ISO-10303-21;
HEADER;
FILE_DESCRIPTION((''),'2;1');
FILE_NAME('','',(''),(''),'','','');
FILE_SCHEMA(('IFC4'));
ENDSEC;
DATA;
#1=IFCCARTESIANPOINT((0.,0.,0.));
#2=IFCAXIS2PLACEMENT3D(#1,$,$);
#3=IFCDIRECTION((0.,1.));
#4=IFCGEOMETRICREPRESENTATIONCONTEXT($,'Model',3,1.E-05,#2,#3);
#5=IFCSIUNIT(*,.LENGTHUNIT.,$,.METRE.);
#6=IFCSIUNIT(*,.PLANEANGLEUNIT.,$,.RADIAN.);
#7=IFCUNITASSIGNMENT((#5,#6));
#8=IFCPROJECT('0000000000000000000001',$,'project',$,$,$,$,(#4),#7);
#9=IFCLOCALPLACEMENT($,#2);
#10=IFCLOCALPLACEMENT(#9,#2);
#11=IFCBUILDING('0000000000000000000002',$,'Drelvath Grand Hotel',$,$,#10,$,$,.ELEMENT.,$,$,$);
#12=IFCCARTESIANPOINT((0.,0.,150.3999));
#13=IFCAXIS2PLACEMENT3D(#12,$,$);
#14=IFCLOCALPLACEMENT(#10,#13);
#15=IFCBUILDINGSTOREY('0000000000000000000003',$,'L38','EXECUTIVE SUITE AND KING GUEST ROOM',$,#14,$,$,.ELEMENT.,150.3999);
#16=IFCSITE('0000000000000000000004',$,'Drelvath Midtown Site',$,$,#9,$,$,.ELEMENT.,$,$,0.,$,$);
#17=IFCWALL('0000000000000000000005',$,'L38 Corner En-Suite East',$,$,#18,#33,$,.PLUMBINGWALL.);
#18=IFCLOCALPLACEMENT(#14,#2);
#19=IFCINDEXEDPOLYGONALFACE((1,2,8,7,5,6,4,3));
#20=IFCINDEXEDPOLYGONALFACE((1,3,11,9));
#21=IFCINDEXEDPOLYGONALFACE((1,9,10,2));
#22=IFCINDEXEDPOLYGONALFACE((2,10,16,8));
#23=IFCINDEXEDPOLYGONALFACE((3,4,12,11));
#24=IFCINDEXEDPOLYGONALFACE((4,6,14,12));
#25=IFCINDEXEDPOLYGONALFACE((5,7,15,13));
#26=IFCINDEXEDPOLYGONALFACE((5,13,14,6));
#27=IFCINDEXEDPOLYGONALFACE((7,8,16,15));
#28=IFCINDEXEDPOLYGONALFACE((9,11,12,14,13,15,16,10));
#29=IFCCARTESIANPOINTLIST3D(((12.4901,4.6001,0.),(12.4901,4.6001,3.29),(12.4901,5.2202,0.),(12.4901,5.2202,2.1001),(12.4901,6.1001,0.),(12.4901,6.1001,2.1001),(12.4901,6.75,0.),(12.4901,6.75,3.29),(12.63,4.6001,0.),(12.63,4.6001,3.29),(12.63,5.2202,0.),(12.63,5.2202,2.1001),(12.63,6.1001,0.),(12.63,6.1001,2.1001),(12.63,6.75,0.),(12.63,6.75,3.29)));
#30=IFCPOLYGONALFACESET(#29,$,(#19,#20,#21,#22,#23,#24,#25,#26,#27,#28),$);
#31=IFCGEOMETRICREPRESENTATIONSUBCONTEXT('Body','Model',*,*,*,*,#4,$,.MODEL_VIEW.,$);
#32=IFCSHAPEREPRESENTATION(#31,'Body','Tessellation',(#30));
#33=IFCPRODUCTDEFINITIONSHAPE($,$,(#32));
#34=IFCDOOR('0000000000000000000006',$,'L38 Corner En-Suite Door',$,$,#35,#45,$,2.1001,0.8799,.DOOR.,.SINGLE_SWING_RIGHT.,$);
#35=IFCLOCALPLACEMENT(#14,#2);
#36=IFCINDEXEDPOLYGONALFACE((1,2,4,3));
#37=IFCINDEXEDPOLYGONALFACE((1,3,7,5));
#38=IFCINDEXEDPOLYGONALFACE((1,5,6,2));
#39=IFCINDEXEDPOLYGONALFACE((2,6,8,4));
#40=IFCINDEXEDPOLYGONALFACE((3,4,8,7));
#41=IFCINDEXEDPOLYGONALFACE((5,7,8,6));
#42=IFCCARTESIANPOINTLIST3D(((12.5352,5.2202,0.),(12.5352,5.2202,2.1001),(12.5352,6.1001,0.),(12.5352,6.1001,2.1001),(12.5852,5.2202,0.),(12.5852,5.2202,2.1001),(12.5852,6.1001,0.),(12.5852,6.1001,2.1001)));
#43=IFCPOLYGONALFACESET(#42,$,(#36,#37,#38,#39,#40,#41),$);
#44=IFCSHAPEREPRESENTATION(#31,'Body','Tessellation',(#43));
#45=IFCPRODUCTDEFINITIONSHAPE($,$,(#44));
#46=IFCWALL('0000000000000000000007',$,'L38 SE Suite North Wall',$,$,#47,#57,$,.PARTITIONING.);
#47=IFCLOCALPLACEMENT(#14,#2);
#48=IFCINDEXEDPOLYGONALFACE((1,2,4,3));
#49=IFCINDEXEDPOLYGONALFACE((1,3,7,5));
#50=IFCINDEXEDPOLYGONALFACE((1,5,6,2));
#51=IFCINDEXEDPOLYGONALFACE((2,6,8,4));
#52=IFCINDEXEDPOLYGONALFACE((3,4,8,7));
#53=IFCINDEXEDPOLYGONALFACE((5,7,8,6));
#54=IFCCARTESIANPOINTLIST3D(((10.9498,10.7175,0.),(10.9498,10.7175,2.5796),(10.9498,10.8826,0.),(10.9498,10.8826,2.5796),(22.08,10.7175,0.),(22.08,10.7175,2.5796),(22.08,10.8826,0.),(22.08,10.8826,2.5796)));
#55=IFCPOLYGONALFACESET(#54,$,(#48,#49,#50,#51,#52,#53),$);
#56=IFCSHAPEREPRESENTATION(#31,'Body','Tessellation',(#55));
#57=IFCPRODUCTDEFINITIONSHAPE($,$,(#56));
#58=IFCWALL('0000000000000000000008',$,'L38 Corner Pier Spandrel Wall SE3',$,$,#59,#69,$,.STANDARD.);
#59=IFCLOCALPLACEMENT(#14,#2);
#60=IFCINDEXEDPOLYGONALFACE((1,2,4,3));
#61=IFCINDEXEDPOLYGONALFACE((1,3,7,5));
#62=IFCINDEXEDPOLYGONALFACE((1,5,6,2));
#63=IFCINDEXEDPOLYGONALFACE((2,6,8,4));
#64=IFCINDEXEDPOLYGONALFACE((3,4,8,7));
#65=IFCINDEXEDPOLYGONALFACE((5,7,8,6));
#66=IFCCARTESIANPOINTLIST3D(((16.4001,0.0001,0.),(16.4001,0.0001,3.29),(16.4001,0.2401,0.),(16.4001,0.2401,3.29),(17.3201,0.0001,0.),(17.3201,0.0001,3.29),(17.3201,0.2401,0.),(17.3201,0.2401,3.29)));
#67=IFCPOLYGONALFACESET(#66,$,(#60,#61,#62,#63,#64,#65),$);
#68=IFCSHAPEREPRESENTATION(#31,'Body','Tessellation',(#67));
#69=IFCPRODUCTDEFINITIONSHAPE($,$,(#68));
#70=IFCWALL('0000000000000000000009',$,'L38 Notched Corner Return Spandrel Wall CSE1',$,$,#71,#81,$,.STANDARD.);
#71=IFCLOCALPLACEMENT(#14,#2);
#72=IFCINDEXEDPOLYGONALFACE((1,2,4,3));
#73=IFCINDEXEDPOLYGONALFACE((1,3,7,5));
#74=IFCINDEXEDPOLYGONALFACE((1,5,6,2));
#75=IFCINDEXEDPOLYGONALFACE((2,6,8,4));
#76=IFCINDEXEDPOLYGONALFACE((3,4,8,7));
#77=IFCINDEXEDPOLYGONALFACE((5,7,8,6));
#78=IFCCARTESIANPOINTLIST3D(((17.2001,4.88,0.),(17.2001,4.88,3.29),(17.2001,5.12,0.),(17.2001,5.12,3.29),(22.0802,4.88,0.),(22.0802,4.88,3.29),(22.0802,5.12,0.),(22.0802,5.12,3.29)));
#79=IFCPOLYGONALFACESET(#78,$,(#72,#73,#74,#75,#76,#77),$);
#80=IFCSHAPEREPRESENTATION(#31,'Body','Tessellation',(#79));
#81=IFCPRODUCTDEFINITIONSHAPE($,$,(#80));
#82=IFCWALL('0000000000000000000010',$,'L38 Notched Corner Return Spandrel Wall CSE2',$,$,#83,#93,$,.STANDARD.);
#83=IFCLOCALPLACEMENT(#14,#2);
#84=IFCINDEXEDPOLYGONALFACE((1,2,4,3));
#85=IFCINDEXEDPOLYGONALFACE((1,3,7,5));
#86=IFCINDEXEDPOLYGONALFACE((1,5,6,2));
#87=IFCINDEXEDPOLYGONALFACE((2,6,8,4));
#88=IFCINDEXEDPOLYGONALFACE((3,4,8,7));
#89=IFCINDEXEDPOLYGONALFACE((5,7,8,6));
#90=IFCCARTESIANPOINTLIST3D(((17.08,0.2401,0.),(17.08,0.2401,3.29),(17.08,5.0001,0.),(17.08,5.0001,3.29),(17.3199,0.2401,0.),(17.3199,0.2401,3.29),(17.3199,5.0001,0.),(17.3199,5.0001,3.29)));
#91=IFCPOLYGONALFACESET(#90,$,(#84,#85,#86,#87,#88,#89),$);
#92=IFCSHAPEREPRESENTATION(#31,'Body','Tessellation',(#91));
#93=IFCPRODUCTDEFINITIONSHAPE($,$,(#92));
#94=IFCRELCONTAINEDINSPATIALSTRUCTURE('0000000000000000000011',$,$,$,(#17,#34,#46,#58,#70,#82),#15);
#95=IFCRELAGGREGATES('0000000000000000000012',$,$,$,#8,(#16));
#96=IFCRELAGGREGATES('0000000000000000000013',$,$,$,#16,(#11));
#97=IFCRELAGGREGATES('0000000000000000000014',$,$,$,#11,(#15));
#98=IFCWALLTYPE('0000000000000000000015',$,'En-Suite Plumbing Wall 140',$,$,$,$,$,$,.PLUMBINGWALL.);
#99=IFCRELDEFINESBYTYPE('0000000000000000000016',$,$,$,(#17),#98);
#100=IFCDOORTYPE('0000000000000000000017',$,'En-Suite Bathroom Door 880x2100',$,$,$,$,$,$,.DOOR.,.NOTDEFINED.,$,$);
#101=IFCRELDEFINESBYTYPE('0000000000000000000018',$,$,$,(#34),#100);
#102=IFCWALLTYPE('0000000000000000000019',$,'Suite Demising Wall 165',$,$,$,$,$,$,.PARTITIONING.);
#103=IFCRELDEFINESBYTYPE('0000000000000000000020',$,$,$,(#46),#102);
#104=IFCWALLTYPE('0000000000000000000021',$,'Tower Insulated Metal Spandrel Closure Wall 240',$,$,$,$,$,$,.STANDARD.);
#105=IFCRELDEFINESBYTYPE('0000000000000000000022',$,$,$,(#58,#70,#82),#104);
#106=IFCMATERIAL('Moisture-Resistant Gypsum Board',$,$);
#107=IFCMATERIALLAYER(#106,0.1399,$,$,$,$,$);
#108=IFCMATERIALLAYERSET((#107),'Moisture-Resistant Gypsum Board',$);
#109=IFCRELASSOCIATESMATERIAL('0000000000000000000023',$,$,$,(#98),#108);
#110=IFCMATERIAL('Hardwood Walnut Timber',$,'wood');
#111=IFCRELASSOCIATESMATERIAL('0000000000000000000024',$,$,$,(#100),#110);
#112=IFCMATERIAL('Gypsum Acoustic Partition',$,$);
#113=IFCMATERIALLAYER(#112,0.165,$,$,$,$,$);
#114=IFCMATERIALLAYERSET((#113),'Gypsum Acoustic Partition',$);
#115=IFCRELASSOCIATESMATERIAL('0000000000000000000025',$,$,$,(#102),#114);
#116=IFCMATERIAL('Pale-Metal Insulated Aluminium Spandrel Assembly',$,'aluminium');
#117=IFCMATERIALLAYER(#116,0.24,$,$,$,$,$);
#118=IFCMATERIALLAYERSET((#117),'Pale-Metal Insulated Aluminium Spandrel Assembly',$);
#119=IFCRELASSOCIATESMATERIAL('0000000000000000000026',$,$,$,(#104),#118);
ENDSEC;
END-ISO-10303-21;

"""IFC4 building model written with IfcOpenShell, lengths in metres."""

from ifc_helpers import new_model, si_unit, direction, frame, frame_2d, origin, place, context, subcontext, project, spatial, rectangle, extrude, material, layer, layer_set, type_object, element, fill, save


model = new_model("IFC4")

# Units and contexts
model_context = context("Model", 3, precision=1e-05, world=origin(), true_north=direction((0.0, 1.0)))
body_context = subcontext(model_context, "Body", "Model", "MODEL_VIEW")
ifc_project = project(units=[si_unit("LENGTHUNIT", "METRE"), si_unit("PLANEANGLEUNIT", "RADIAN")], contexts=[model_context])

# Site, building, storey
site_placement = place(None, origin())
site = spatial("IfcSite", under=ifc_project, at=site_placement, Name="Drelvath Midtown Site", CompositionType="ELEMENT", RefElevation=0.0)
building_placement = place(site_placement, origin())
building = spatial("IfcBuilding", under=site, at=building_placement, Name="Drelvath Grand Hotel", CompositionType="ELEMENT")
storey_placement = place(building_placement, frame((0.0, 0.0, 150.3999)))
storey = spatial("IfcBuildingStorey", under=building, at=storey_placement, Name="L38", Description="EXECUTIVE SUITE AND KING GUEST ROOM", CompositionType="ELEMENT", Elevation=150.3999)

# Shared definitions
ifc_material_1 = material(Name="Hardwood Walnut Timber", Category="wood")

# Shared definitions
ifc_material_2 = material(Name="Moisture-Resistant Gypsum Board")
ifc_layer_1 = layer(ifc_material_2, 0.1399)
ifc_layer_set_1 = layer_set([ifc_layer_1], Name="Moisture-Resistant Gypsum Board")
wall_type_1 = type_object("IfcWallType", Name="En-Suite Plumbing Wall 140", PredefinedType="PLUMBINGWALL", material=ifc_layer_set_1)

# Wall, opening, door
wall_1_placement = place(storey_placement, frame((12.5601, 4.6001, 0.0), z_axis=(0.0, 0.0, 1.0), x_axis=(0.0, 1.0, 0.0)))
wall_1 = element("IfcWall", 1, at=wall_1_placement, inside=storey, type_object=wall_type_1, Name="L38 Corner En-Suite East", PredefinedType="PLUMBINGWALL", context=body_context, shape_type="SweptSolid", body=[
    extrude(rectangle(XDim=2.1499, YDim=0.1399, at=frame_2d((1.075, 0.0))), origin(), (0.0, 0.0, 1.0), 3.29),
])
opening_1_placement = place(wall_1_placement, frame((0.6201, 0.0, 0.0)))
opening_1 = element("IfcOpeningElement", 2, at=opening_1_placement, cuts=wall_1, PredefinedType="OPENING", context=body_context, shape_type="SweptSolid", body=[
    extrude(rectangle(XDim=0.8799, YDim=2.1001, at=frame_2d((0.4399, 1.05))), frame((0.0, 0.0798, 0.0), z_axis=(0.0, -1.0, 0.0), x_axis=(1.0, 0.0, 0.0)), (0.0, 0.0, 1.0), 0.1599),
])
door_type_1 = type_object("IfcDoorType", Name="En-Suite Bathroom Door 880x2100", OperationType="NOTDEFINED", PredefinedType="DOOR", material=ifc_material_1)
door_1_placement = place(opening_1_placement, origin())
door_1 = element("IfcDoor", 3, at=door_1_placement, inside=storey, type_object=door_type_1, Name="L38 Corner En-Suite Door", OperationType="SINGLE_SWING_RIGHT", OverallHeight=2.1001, OverallWidth=0.8799, PredefinedType="DOOR", context=body_context, shape_type="SweptSolid", body=[
    extrude(rectangle(XDim=0.8799, YDim=2.1001, at=frame_2d((0.4399, 1.05))), frame((0.0, 0.0249, 0.0), z_axis=(0.0, -1.0, 0.0), x_axis=(1.0, 0.0, 0.0)), (0.0, 0.0, 1.0), 0.05),
])
fill(opening_1, door_1)

# Walls
ifc_material_3 = material(Name="Gypsum Acoustic Partition")
ifc_layer_2 = layer(ifc_material_3, 0.165)
ifc_layer_set_2 = layer_set([ifc_layer_2], Name="Gypsum Acoustic Partition")
wall_type_2 = type_object("IfcWallType", Name="Suite Demising Wall 165", PredefinedType="PARTITIONING", material=ifc_layer_set_2)
wall_2_placement = place(storey_placement, frame((10.95, 10.8, 0.0), z_axis=(0.0, 0.0, 1.0), x_axis=(1.0, 0.0, 0.0)))
element("IfcWall", 4, at=wall_2_placement, inside=storey, type_object=wall_type_2, Name="L38 SE Suite North Wall", PredefinedType="PARTITIONING", context=body_context, shape_type="SweptSolid", body=[
    extrude(rectangle(XDim=11.1301, YDim=0.165, at=frame_2d((5.5649, 0.0))), origin(), (0.0, 0.0, 1.0), 2.5796),
])
ifc_material_4 = material(Name="Pale-Metal Insulated Aluminium Spandrel Assembly", Category="aluminium")
ifc_layer_3 = layer(ifc_material_4, 0.24)
ifc_layer_set_3 = layer_set([ifc_layer_3], Name="Pale-Metal Insulated Aluminium Spandrel Assembly")
wall_type_3 = type_object("IfcWallType", Name="Tower Insulated Metal Spandrel Closure Wall 240", PredefinedType="STANDARD", material=ifc_layer_set_3)
wall_3_placement = place(storey_placement, frame((17.3201, 0.1201, 0.0), z_axis=(0.0, 0.0, 1.0), x_axis=(-1.0, 0.0, 0.0)))
element("IfcWall", 5, at=wall_3_placement, inside=storey, type_object=wall_type_3, Name="L38 Corner Pier Spandrel Wall SE3", PredefinedType="STANDARD", context=body_context, shape_type="SweptSolid", body=[
    extrude(rectangle(XDim=0.9199, YDim=0.24, at=frame_2d((0.46, 0.0))), origin(), (0.0, 0.0, 1.0), 3.29),
])
wall_4_placement = place(storey_placement, frame((22.0801, 5.0, 0.0), z_axis=(0.0, 0.0, 1.0), x_axis=(-1.0, 0.0, 0.0)))
element("IfcWall", 6, at=wall_4_placement, inside=storey, type_object=wall_type_3, Name="L38 Notched Corner Return Spandrel Wall CSE1", PredefinedType="STANDARD", context=body_context, shape_type="SweptSolid", body=[
    extrude(rectangle(XDim=4.8801, YDim=0.24, at=frame_2d((2.4399, 0.0))), origin(), (0.0, 0.0, 1.0), 3.29),
])
wall_5_placement = place(storey_placement, frame((17.2, 5.0, 0.0), z_axis=(0.0, 0.0, 1.0), x_axis=(0.0, -1.0, 0.0)))
element("IfcWall", 7, at=wall_5_placement, inside=storey, type_object=wall_type_3, Name="L38 Notched Corner Return Spandrel Wall CSE2", PredefinedType="STANDARD", context=body_context, shape_type="SweptSolid", body=[
    extrude(rectangle(XDim=4.76, YDim=0.24, at=frame_2d((2.3799, 0.0))), origin(), (0.0, 0.0, 1.0), 3.29),
])

save(model, "model.ifc")
